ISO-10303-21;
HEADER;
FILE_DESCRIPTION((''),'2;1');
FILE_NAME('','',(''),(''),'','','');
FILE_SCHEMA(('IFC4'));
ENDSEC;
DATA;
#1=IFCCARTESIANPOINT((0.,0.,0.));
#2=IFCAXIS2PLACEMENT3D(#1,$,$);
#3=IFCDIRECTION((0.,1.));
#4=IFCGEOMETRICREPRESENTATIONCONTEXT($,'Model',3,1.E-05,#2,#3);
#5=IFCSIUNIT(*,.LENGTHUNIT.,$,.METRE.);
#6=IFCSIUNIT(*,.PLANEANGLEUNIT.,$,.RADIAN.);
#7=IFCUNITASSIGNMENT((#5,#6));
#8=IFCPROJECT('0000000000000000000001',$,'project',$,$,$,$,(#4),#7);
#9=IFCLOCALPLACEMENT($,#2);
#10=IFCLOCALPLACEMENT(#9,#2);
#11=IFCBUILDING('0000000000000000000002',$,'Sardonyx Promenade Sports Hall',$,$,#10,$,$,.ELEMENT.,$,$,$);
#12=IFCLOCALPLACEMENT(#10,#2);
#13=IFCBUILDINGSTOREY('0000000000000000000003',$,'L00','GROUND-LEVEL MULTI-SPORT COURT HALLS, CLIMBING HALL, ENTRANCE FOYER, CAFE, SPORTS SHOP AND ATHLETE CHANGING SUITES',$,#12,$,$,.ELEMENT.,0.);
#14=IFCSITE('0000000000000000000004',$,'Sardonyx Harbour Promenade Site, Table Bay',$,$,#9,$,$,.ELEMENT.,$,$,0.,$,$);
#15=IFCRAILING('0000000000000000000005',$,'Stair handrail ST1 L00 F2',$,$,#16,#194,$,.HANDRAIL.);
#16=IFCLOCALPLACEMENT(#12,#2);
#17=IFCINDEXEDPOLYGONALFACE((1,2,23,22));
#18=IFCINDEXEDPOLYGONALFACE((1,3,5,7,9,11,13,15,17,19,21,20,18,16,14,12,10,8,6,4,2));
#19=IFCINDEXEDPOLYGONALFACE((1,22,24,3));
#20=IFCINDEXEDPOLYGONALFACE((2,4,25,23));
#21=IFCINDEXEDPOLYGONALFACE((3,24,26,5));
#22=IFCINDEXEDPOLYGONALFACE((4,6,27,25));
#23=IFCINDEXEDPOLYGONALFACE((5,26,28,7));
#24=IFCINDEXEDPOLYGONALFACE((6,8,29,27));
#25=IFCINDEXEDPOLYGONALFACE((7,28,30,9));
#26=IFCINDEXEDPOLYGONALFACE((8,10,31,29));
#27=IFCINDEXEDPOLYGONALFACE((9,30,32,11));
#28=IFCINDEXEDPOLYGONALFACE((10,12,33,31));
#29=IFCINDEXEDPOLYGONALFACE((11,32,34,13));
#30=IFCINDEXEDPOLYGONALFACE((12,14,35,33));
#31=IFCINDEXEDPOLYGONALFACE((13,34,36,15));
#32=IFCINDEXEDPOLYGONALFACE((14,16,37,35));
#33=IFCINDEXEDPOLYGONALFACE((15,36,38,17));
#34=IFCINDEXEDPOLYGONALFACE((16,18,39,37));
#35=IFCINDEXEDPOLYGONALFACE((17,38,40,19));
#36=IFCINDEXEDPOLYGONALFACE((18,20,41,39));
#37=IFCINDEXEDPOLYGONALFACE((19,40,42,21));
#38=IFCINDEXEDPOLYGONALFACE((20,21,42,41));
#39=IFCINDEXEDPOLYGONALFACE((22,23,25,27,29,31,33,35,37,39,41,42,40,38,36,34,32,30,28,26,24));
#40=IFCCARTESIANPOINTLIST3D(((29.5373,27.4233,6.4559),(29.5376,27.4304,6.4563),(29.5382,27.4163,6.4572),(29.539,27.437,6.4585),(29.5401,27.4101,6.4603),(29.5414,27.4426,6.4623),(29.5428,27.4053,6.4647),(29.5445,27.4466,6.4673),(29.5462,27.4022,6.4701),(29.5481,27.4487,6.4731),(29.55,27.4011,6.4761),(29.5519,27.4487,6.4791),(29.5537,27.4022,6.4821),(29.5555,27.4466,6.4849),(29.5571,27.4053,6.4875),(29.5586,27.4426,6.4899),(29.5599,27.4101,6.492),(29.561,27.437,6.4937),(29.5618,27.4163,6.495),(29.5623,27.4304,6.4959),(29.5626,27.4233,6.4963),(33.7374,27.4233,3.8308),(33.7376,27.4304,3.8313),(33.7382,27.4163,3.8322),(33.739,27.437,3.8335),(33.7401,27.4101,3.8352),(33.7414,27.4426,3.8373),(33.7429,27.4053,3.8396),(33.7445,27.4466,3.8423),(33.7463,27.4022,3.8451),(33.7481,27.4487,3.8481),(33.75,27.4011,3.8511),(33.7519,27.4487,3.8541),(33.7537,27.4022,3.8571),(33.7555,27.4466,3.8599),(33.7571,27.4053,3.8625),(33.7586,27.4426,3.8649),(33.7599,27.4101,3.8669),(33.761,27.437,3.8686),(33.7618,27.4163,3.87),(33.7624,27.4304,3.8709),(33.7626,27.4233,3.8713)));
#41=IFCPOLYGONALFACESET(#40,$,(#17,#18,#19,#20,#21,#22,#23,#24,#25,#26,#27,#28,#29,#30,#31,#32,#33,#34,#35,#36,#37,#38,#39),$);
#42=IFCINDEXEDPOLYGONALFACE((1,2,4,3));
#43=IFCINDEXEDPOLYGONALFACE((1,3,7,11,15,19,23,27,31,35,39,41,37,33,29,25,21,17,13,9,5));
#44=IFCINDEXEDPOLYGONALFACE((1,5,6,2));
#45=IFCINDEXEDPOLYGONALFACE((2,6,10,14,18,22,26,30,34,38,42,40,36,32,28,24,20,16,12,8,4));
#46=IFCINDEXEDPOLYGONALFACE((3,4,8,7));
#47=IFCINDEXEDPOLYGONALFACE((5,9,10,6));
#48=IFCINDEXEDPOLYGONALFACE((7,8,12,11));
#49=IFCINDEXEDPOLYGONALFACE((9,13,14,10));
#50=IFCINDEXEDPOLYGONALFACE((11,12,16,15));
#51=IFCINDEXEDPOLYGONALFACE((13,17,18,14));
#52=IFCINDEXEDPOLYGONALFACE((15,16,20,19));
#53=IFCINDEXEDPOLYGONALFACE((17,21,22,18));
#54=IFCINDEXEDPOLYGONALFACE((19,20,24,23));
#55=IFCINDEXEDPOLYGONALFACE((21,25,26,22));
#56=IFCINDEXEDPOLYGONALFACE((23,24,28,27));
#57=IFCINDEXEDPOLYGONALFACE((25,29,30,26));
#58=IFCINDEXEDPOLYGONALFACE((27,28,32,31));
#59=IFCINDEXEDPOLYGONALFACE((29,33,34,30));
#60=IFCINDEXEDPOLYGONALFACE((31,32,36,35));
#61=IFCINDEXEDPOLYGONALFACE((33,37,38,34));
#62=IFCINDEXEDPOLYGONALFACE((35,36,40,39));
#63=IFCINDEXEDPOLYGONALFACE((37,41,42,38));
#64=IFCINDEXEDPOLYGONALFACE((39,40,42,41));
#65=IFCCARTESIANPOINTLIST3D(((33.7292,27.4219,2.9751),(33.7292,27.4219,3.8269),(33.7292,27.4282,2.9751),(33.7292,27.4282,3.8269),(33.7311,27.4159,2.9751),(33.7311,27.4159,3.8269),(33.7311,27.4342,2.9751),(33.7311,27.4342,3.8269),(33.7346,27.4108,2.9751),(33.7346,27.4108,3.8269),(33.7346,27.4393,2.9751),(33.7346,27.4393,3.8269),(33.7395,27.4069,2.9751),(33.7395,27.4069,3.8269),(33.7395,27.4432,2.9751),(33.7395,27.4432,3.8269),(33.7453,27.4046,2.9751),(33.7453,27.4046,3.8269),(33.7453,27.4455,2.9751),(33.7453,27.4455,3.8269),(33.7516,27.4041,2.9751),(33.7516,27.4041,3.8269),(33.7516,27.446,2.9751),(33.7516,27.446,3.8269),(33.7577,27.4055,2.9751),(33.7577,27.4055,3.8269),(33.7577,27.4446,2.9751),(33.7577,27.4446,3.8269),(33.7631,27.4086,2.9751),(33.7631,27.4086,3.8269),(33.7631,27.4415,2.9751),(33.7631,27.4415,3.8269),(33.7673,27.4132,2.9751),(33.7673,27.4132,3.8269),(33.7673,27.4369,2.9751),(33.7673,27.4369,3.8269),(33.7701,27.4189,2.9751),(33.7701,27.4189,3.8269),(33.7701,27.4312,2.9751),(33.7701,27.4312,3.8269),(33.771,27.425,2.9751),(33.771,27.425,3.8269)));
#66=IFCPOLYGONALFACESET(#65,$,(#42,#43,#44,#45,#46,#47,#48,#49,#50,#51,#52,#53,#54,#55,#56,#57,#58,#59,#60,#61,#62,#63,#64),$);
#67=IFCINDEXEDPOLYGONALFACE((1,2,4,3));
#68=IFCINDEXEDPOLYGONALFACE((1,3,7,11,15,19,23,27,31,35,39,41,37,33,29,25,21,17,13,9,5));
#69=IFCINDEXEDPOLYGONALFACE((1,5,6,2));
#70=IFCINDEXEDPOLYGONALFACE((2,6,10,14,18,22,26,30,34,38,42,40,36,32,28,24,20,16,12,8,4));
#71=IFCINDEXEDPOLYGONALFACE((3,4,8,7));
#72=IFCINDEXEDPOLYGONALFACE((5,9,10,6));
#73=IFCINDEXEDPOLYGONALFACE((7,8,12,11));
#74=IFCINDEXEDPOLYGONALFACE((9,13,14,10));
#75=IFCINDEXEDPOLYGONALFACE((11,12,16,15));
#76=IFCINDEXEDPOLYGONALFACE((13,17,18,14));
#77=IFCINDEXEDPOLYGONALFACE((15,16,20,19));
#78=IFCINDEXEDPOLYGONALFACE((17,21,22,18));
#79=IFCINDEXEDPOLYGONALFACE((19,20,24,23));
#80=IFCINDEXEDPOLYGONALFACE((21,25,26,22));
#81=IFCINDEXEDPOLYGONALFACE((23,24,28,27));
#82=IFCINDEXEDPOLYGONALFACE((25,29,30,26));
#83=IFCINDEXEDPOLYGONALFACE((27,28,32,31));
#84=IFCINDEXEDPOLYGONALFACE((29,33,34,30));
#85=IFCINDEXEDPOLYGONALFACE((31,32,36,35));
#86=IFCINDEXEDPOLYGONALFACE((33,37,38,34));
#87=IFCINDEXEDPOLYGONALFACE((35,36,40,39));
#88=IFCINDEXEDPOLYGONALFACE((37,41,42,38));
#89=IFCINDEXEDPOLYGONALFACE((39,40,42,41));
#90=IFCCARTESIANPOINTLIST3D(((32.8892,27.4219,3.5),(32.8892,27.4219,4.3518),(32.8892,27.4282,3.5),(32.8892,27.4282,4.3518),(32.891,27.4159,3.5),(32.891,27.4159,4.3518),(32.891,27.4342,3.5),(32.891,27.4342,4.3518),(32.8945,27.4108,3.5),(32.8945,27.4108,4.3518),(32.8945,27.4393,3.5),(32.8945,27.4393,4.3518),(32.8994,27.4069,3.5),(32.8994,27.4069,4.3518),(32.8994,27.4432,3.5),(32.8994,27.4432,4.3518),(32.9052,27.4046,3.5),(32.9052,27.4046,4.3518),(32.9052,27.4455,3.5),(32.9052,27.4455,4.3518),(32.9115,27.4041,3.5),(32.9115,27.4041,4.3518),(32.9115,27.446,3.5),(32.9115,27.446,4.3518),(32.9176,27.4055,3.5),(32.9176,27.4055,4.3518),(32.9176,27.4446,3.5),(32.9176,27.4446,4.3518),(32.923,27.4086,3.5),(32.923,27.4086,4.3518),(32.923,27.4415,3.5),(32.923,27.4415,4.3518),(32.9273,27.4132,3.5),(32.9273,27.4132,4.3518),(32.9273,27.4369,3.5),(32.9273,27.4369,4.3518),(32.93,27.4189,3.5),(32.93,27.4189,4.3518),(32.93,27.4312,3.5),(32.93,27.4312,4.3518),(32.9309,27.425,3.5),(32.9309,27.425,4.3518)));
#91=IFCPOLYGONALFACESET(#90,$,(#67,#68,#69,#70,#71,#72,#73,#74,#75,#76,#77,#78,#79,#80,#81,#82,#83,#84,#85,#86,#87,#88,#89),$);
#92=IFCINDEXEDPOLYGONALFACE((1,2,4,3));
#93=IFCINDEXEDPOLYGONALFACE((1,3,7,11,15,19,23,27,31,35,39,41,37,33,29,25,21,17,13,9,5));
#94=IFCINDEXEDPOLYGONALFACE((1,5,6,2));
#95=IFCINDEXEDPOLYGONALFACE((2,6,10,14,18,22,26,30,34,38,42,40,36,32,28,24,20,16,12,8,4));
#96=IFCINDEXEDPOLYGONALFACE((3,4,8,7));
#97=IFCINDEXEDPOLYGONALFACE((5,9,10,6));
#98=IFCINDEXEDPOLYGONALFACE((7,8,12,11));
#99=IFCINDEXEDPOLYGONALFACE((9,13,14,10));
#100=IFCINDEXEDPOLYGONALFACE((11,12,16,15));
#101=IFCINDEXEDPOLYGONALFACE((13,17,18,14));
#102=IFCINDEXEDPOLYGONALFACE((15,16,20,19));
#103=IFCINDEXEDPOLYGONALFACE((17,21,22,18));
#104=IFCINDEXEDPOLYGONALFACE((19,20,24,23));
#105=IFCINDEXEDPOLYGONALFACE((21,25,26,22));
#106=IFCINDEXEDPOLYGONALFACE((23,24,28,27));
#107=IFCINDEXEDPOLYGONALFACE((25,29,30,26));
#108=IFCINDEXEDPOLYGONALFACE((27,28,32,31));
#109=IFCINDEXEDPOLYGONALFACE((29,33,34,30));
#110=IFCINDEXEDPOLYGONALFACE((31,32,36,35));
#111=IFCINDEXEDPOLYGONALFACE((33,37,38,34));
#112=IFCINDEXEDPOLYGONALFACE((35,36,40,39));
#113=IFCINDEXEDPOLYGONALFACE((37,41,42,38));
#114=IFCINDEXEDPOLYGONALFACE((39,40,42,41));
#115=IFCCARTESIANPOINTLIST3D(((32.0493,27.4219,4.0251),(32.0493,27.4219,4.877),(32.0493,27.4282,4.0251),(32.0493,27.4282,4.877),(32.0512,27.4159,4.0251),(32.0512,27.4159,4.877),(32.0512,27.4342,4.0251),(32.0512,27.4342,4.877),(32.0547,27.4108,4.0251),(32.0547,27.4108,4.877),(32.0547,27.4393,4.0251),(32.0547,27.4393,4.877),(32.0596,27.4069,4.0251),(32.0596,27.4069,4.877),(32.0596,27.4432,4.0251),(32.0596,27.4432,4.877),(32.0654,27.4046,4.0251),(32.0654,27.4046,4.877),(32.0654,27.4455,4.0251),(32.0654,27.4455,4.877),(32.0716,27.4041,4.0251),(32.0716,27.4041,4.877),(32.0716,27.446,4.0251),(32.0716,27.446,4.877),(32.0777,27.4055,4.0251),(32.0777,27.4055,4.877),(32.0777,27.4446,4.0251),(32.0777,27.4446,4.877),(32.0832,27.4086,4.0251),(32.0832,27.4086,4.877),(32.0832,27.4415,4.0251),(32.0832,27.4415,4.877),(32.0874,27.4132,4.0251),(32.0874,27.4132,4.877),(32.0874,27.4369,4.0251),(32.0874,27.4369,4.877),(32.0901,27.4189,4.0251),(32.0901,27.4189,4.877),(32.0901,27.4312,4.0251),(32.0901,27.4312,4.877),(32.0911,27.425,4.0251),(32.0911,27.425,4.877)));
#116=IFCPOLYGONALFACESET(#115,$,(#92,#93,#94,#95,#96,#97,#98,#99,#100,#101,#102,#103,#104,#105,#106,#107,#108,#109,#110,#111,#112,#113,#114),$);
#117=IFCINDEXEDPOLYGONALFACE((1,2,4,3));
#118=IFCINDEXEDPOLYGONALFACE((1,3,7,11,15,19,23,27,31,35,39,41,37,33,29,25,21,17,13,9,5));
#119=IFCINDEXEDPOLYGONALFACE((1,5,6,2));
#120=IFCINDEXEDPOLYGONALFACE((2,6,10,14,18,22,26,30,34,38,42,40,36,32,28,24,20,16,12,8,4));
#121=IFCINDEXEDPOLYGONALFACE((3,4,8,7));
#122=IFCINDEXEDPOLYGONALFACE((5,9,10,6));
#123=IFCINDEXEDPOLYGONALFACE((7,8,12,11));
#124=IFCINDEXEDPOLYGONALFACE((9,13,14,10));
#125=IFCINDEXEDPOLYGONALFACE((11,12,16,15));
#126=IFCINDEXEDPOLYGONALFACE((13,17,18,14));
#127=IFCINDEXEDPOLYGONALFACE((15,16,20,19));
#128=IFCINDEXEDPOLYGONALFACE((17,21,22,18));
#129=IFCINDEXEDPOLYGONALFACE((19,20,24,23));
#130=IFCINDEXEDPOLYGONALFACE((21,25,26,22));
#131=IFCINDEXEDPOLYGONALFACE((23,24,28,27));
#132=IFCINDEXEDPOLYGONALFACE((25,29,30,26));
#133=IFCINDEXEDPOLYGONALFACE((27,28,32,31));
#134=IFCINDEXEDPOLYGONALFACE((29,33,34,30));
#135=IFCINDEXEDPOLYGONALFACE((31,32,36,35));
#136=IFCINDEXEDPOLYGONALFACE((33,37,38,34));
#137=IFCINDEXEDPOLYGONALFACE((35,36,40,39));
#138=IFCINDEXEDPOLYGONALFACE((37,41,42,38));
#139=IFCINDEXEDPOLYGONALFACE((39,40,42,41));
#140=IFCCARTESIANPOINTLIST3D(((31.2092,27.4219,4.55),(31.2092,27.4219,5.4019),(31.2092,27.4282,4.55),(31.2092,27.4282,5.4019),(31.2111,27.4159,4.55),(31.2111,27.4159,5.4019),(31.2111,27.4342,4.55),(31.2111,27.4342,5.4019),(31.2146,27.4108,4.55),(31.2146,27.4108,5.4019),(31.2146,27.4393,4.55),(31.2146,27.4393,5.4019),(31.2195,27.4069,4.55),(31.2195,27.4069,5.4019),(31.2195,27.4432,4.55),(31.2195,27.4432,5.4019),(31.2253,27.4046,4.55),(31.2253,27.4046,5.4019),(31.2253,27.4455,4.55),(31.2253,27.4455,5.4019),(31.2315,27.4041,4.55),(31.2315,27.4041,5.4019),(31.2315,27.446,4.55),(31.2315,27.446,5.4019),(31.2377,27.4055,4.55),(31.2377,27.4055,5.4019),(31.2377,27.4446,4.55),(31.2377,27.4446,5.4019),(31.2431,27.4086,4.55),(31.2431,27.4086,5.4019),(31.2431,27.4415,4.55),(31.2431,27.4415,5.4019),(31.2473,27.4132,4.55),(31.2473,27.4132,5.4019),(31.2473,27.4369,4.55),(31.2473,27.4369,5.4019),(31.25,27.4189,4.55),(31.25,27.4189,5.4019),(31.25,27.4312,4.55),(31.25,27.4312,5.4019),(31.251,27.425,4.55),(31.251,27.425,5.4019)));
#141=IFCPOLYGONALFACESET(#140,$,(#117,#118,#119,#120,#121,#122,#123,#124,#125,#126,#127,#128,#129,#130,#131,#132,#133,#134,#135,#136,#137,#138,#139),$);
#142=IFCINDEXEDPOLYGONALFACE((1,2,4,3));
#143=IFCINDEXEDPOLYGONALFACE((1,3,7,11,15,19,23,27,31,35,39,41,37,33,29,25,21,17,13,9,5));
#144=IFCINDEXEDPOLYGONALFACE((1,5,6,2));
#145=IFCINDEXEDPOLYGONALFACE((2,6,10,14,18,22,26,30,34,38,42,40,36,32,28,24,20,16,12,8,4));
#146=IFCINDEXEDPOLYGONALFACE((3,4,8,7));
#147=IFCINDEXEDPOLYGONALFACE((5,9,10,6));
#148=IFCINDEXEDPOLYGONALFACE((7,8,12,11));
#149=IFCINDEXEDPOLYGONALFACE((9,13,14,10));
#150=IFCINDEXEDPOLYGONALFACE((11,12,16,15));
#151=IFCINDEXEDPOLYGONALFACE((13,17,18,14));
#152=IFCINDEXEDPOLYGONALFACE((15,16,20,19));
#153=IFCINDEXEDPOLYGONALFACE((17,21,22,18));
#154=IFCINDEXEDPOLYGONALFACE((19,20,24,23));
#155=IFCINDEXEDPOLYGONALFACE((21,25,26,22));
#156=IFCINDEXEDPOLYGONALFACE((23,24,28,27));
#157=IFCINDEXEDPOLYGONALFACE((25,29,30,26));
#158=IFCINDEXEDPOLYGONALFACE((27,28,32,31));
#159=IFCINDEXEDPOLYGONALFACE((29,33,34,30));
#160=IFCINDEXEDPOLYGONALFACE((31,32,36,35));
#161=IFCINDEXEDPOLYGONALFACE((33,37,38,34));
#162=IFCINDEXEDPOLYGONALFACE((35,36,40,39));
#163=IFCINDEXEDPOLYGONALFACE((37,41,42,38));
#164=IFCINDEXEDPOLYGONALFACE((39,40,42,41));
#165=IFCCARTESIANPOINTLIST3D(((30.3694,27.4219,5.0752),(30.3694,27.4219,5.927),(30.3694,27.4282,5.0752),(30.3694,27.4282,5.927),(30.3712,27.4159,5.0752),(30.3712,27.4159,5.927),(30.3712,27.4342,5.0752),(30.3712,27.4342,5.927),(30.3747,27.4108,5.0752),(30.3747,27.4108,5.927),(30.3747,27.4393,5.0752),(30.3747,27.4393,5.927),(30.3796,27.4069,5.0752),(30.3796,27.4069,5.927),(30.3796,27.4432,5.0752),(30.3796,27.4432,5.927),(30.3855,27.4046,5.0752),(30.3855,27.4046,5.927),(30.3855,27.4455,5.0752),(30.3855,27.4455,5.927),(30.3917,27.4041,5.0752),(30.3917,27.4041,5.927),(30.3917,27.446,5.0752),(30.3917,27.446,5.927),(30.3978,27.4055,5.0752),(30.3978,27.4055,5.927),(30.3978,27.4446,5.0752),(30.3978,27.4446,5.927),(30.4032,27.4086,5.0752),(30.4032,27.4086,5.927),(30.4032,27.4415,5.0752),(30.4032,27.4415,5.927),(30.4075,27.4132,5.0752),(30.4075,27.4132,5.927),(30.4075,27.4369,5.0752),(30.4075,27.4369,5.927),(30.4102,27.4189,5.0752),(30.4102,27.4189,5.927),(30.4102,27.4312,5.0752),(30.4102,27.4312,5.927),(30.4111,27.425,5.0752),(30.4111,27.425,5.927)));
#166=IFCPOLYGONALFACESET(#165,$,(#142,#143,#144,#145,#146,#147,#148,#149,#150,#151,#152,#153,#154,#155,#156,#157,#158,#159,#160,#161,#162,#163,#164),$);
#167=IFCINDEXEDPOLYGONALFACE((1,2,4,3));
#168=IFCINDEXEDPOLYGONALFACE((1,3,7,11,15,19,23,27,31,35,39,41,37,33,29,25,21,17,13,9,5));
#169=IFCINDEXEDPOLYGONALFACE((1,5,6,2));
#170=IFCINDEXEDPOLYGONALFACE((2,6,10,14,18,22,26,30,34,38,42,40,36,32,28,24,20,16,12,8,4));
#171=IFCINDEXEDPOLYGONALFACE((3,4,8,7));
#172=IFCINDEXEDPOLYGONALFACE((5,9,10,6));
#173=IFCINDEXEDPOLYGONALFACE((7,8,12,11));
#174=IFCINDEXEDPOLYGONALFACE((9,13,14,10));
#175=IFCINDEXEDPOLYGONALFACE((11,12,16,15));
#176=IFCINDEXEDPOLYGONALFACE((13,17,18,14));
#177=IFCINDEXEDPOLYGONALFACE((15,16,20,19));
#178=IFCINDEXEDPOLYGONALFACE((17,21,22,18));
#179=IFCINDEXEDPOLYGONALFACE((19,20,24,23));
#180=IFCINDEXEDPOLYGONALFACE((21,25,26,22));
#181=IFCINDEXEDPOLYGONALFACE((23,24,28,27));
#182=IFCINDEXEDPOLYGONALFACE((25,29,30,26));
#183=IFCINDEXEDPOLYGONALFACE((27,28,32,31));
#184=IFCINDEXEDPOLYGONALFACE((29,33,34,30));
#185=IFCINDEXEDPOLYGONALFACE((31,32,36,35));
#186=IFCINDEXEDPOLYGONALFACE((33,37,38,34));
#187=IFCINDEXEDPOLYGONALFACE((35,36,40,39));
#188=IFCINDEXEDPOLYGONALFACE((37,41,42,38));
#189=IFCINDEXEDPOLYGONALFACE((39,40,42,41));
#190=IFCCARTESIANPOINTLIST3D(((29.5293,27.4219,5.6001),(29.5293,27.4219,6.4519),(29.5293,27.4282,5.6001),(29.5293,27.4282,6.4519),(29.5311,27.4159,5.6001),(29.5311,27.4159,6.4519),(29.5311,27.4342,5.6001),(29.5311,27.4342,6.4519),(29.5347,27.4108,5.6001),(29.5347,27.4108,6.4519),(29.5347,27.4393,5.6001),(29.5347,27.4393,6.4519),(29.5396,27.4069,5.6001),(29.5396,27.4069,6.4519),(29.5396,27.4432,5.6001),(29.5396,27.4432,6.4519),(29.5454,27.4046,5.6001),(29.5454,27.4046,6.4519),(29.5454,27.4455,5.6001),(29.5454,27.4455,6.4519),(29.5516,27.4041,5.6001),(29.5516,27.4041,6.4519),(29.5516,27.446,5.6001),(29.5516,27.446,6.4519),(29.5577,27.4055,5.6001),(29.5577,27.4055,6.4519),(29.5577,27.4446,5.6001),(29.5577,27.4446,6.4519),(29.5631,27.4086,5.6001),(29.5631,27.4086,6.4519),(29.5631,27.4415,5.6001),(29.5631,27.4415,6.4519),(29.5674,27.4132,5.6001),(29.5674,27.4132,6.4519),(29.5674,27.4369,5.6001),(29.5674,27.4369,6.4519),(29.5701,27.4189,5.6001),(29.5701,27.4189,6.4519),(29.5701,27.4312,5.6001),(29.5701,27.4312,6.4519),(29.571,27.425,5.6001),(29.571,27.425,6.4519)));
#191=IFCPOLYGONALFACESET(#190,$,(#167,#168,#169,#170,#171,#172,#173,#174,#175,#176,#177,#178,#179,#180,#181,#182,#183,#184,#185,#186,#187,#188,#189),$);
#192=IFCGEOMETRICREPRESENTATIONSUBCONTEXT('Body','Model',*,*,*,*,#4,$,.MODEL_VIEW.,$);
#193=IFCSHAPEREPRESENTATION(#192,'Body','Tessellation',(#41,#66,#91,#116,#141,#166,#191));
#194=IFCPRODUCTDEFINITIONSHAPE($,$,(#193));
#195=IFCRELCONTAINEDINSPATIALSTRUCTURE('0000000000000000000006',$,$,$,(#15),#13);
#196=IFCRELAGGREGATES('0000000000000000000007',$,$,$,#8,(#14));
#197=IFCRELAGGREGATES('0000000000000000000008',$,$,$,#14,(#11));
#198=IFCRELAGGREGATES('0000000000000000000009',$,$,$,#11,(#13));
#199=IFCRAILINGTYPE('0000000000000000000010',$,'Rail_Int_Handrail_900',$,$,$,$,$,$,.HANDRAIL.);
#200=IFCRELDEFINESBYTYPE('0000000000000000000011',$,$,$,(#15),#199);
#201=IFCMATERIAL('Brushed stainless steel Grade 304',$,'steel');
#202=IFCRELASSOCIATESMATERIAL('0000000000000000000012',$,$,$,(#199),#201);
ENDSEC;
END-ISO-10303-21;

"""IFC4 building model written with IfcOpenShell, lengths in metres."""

from ifc_helpers import new_model, si_unit, direction, frame, origin, origin_2d, place, context, subcontext, project, spatial, circle, extrude, material, type_object, element, save


model = new_model("IFC4")

# Units and contexts
model_context = context("Model", 3, precision=1e-05, world=origin(), true_north=direction((0.0, 1.0)))
body_context = subcontext(model_context, "Body", "Model", "MODEL_VIEW")
ifc_project = project(units=[si_unit("LENGTHUNIT", "METRE"), si_unit("PLANEANGLEUNIT", "RADIAN")], contexts=[model_context])

# Site, building, storey
site_placement = place(None, origin())
site = spatial("IfcSite", under=ifc_project, at=site_placement, Name="Sardonyx Harbour Promenade Site, Table Bay", CompositionType="ELEMENT", RefElevation=0.0)
building_placement = place(site_placement, origin())
building = spatial("IfcBuilding", under=site, at=building_placement, Name="Sardonyx Promenade Sports Hall", CompositionType="ELEMENT")
storey_placement = place(building_placement, origin())
storey = spatial("IfcBuildingStorey", under=building, at=storey_placement, Name="L00", Description="GROUND-LEVEL MULTI-SPORT COURT HALLS, CLIMBING HALL, ENTRANCE FOYER, CAFE, SPORTS SHOP AND ATHLETE CHANGING SUITES", CompositionType="ELEMENT", Elevation=0.0)

# Railing
ifc_material_1 = material(Name="Brushed stainless steel Grade 304", Category="steel")
railing_type_1 = type_object("IfcRailingType", Name="Rail_Int_Handrail_900", PredefinedType="HANDRAIL", material=ifc_material_1)
railing_1_placement = place(storey_placement, frame((33.75, 27.425, 2.9751)))
element("IfcRailing", 1, at=railing_1_placement, inside=storey, type_object=railing_type_1, Name="Stair handrail ST1 L00 F2", PredefinedType="HANDRAIL", context=body_context, shape_type="SweptSolid", body=[
    extrude(circle(Radius=0.0239, at=origin_2d()), frame((0.0, 0.0, 0.876), z_axis=(-0.847996, 0.0, 0.530003), x_axis=(0.0, -1.0, 0.0)), (0.0, 0.0, 1.0), 4.9529),
    extrude(circle(Radius=0.021, at=origin_2d()), origin(), (0.0, 0.0, 1.0), 0.8518),
    extrude(circle(Radius=0.021, at=origin_2d()), frame((-0.8401, 0.0, 0.5249)), (0.0, 0.0, 1.0), 0.8518),
    extrude(circle(Radius=0.021, at=origin_2d()), frame((-1.6799, 0.0, 1.05)), (0.0, 0.0, 1.0), 0.8518),
    extrude(circle(Radius=0.021, at=origin_2d()), frame((-2.52, 0.0, 1.575)), (0.0, 0.0, 1.0), 0.8518),
    extrude(circle(Radius=0.021, at=origin_2d()), frame((-3.3599, 0.0, 2.1001)), (0.0, 0.0, 1.0), 0.8518),
    extrude(circle(Radius=0.021, at=origin_2d()), frame((-4.2, 0.0, 2.625)), (0.0, 0.0, 1.0), 0.8518),
])

save(model, "model.ifc")
